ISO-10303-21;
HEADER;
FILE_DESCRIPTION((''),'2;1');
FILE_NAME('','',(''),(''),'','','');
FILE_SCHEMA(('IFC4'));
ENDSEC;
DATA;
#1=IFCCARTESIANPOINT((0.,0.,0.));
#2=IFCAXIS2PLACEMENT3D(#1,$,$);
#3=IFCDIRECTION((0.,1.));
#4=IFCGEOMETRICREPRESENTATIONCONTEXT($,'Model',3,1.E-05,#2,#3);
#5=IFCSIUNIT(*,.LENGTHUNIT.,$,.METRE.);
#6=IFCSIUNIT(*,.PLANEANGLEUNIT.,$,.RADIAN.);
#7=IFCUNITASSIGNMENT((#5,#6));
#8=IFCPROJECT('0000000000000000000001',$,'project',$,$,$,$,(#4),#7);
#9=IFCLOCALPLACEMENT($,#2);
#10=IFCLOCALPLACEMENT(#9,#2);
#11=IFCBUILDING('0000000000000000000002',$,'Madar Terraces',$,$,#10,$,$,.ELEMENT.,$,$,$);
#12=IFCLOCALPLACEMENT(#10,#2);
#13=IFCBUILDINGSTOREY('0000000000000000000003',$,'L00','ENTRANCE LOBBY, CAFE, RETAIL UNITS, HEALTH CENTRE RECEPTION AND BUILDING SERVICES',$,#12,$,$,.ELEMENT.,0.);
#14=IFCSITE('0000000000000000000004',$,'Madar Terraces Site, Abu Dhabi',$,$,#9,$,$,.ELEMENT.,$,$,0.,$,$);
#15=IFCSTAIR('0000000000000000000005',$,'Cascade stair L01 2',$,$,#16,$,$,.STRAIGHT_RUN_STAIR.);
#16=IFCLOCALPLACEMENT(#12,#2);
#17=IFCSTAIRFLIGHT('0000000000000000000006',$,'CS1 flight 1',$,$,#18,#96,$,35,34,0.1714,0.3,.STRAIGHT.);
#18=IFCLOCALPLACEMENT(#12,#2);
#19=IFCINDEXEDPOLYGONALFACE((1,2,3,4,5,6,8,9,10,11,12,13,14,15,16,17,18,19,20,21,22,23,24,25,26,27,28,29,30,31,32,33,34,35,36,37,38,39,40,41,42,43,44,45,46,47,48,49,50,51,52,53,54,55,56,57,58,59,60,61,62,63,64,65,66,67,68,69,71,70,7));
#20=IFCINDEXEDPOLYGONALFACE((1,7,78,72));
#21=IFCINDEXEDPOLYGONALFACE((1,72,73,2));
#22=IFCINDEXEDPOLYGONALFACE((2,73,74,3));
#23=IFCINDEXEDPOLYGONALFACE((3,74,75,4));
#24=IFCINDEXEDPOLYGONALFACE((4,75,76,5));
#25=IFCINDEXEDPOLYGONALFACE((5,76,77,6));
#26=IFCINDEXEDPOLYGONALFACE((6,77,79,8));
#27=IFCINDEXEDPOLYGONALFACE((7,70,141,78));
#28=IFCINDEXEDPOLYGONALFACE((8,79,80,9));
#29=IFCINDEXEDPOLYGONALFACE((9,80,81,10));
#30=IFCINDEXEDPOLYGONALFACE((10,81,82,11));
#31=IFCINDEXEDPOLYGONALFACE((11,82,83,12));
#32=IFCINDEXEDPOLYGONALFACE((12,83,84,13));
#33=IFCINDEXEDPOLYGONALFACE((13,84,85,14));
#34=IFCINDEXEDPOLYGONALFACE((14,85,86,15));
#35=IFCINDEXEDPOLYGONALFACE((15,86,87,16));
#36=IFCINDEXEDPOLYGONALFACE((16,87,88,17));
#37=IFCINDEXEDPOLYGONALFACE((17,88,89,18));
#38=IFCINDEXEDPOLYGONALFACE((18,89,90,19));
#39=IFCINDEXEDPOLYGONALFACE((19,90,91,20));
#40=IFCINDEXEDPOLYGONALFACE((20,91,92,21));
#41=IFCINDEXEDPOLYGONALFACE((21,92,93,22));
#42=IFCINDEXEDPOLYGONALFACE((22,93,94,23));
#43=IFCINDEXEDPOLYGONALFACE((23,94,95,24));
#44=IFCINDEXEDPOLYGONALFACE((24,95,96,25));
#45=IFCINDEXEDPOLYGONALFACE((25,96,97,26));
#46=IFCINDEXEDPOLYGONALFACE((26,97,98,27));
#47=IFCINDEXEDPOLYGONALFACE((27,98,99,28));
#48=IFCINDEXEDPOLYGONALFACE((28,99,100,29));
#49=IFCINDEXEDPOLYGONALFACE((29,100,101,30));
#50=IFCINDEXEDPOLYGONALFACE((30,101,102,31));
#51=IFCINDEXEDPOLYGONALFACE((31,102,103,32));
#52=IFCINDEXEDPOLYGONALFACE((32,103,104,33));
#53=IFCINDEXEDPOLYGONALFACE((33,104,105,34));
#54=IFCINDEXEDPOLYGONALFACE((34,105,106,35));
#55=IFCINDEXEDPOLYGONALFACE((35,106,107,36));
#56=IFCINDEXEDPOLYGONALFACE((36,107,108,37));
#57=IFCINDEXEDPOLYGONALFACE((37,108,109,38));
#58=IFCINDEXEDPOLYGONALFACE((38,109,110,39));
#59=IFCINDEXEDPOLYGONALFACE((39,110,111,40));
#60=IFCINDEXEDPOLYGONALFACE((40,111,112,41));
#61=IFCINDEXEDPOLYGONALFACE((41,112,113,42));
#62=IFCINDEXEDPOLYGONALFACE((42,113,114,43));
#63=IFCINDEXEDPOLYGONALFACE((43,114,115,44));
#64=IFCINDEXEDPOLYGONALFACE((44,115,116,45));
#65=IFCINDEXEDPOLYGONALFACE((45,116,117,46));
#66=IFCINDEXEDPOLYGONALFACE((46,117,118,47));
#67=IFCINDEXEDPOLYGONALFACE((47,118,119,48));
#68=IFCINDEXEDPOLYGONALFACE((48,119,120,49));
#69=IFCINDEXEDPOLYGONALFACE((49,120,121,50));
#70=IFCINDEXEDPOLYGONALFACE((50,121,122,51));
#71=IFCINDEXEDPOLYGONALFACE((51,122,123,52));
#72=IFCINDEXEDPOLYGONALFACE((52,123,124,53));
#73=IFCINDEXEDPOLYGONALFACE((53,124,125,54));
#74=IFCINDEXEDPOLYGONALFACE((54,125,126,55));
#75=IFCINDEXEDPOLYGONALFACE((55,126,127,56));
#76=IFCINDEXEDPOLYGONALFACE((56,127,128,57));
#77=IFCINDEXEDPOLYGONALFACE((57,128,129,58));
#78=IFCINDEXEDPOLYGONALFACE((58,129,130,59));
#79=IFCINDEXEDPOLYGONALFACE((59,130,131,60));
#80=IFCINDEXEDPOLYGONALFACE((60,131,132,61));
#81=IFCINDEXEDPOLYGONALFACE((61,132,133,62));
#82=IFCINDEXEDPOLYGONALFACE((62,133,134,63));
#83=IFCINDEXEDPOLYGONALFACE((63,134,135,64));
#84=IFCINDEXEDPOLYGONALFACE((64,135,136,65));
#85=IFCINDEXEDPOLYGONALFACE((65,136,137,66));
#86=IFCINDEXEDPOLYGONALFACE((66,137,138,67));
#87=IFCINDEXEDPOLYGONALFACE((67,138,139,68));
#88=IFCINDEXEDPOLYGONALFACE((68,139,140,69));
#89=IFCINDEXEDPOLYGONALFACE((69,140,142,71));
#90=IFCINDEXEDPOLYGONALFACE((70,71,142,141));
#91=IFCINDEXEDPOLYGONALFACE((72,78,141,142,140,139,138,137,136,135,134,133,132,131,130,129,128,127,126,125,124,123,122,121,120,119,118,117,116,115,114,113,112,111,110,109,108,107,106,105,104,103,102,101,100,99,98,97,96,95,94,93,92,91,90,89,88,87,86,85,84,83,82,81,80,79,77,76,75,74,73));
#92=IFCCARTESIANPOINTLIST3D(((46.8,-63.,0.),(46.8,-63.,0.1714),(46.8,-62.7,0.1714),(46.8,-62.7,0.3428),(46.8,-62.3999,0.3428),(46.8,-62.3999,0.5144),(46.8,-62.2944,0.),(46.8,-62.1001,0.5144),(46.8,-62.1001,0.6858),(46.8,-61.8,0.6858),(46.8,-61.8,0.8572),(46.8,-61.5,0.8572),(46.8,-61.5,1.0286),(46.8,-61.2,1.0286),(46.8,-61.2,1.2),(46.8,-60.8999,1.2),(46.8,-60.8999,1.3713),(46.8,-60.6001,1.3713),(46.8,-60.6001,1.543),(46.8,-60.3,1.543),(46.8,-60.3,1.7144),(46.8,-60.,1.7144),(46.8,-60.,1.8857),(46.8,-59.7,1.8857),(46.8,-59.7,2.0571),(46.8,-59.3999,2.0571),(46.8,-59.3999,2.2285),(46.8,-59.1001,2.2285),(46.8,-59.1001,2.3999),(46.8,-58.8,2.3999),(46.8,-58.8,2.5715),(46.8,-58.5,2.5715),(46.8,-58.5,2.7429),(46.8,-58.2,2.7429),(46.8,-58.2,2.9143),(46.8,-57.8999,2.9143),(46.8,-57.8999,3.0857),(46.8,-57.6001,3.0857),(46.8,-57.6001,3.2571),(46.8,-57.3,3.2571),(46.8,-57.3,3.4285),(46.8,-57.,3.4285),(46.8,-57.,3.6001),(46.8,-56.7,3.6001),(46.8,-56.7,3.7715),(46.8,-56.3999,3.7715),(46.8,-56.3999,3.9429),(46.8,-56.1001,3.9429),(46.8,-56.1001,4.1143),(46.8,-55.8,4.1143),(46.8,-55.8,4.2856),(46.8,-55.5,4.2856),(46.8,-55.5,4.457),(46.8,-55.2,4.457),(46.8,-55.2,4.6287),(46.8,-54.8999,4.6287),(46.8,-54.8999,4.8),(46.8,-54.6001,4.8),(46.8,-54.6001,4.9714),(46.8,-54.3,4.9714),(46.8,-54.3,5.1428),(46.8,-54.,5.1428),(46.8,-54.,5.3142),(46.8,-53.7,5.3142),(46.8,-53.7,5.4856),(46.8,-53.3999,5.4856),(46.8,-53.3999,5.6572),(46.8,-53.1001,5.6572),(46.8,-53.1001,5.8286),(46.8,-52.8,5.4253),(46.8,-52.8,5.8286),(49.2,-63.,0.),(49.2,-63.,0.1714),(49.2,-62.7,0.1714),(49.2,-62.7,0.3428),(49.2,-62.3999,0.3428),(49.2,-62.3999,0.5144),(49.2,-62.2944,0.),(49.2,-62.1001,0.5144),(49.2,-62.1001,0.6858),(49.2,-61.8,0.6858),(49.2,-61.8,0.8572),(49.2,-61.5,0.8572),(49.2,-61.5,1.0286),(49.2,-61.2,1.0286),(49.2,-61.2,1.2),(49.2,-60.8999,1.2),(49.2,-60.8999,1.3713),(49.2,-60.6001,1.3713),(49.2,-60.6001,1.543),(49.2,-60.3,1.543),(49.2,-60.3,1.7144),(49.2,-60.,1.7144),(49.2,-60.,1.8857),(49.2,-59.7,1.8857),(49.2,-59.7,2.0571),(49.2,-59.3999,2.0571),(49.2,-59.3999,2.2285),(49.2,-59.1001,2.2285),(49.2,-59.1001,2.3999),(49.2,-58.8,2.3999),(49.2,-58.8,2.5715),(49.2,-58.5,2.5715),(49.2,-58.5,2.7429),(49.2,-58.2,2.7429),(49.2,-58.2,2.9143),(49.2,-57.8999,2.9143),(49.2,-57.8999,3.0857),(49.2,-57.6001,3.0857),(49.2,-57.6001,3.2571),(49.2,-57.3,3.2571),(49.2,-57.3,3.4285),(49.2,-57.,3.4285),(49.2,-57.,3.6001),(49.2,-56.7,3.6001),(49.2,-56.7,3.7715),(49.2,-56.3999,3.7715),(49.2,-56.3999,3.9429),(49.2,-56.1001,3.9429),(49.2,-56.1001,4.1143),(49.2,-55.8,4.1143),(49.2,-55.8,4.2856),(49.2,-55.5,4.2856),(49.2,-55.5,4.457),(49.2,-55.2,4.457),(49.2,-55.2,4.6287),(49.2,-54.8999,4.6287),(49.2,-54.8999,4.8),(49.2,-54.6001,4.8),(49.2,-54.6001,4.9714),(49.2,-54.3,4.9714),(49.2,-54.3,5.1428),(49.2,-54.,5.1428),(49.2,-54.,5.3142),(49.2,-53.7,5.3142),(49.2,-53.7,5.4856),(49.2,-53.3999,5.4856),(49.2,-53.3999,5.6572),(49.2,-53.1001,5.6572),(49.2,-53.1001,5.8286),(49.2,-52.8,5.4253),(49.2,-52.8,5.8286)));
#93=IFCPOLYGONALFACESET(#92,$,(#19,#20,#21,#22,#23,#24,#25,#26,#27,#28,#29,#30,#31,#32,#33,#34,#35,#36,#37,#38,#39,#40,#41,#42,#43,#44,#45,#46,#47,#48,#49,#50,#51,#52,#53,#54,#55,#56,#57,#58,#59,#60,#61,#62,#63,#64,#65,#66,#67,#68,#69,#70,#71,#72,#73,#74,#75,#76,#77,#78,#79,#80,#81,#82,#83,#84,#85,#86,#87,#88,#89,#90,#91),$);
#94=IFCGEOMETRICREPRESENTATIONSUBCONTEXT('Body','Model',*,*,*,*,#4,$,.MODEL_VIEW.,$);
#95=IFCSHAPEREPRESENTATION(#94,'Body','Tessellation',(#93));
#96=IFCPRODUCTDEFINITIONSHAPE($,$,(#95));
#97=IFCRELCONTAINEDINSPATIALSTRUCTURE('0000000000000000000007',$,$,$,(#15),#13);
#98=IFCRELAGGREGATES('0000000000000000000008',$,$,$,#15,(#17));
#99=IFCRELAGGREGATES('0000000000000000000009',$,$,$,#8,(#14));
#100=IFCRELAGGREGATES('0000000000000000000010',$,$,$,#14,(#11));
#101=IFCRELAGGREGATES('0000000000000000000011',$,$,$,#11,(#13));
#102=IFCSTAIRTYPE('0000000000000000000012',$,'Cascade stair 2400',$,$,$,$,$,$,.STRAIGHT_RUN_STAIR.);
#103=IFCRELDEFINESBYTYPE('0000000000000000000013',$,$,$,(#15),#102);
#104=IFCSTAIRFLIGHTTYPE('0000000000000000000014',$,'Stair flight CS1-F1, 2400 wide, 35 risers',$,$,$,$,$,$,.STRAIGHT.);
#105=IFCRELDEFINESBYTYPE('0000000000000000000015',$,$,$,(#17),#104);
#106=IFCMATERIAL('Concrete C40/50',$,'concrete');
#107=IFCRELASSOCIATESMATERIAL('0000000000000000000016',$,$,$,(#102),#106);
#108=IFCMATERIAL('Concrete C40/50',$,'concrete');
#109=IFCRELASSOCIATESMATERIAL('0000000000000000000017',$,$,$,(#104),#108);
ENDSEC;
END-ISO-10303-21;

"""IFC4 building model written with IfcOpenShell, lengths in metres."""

from ifc_helpers import new_model, si_unit, direction, frame, origin, place, context, subcontext, project, spatial, polyline, outline, extrude, material, type_object, element, aggregate, save


model = new_model("IFC4")

# Units and contexts
model_context = context("Model", 3, precision=1e-05, world=origin(), true_north=direction((0.0, 1.0)))
body_context = subcontext(model_context, "Body", "Model", "MODEL_VIEW")
ifc_project = project(units=[si_unit("LENGTHUNIT", "METRE"), si_unit("PLANEANGLEUNIT", "RADIAN")], contexts=[model_context])

# Site, building, storey
site_placement = place(None, origin())
site = spatial("IfcSite", under=ifc_project, at=site_placement, Name="Madar Terraces Site, Abu Dhabi", CompositionType="ELEMENT", RefElevation=0.0)
building_placement = place(site_placement, origin())
building = spatial("IfcBuilding", under=site, at=building_placement, Name="Madar Terraces", CompositionType="ELEMENT")
storey_placement = place(building_placement, origin())
storey = spatial("IfcBuildingStorey", under=building, at=storey_placement, Name="L00", Description="ENTRANCE LOBBY, CAFE, RETAIL UNITS, HEALTH CENTRE RECEPTION AND BUILDING SERVICES", CompositionType="ELEMENT", Elevation=0.0)

# Stair, stair flight
ifc_material_1 = material(Name="Concrete C40/50", Category="concrete")
stair_type = type_object("IfcStairType", Name="Cascade stair 2400", PredefinedType="STRAIGHT_RUN_STAIR", material=ifc_material_1)
stair_placement = place(storey_placement, origin())
stair = element("IfcStair", 1, at=stair_placement, inside=storey, type_object=stair_type, Name="Cascade stair L01 2", PredefinedType="STRAIGHT_RUN_STAIR")
ifc_material_2 = material(Name="Concrete C40/50", Category="concrete")
stair_flight_type = type_object("IfcStairFlightType", Name="Stair flight CS1-F1, 2400 wide, 35 risers", PredefinedType="STRAIGHT", material=ifc_material_2)
stair_flight_placement = place(storey_placement, frame((48.0, -63.0, 0.0), z_axis=(0.0, 0.0, 1.0), x_axis=(0.0, 1.0, 0.0)))
stair_flight = element("IfcStairFlight", 2, at=stair_flight_placement, type_object=stair_flight_type, Name="CS1 flight 1", NumberOfRisers=35, NumberOfTreads=34, PredefinedType="STRAIGHT", RiserHeight=0.1714, TreadLength=0.3, context=body_context, shape_type="SweptSolid", body=[
    extrude(outline(polyline([(0.0, 0.0), (0.0, 0.1714), (0.3, 0.1714), (0.3, 0.3428), (0.6001, 0.3428), (0.6001, 0.5144), (0.8999, 0.5144), (0.8999, 0.6858), (1.2, 0.6858), (1.2, 0.8572), (1.5, 0.8572), (1.5, 1.0286), (1.8, 1.0286), (1.8, 1.2), (2.1001, 1.2), (2.1001, 1.3713), (2.3999, 1.3713), (2.3999, 1.543), (2.7, 1.543), (2.7, 1.7144), (3.0, 1.7144), (3.0, 1.8857), (3.3, 1.8857), (3.3, 2.0571), (3.6001, 2.0571), (3.6001, 2.2285), (3.8999, 2.2285), (3.8999, 2.3999), (4.2, 2.3999), (4.2, 2.5715), (4.5, 2.5715), (4.5, 2.7429), (4.8, 2.7429), (4.8, 2.9143), (5.1001, 2.9143), (5.1001, 3.0857), (5.3999, 3.0857), (5.3999, 3.2571), (5.7, 3.2571), (5.7, 3.4285), (6.0, 3.4285), (6.0, 3.6001), (6.3, 3.6001), (6.3, 3.7715), (6.6001, 3.7715), (6.6001, 3.9429), (6.8999, 3.9429), (6.8999, 4.1143), (7.2, 4.1143), (7.2, 4.2856), (7.5, 4.2856), (7.5, 4.457), (7.8, 4.457), (7.8, 4.6287), (8.1001, 4.6287), (8.1001, 4.8), (8.3999, 4.8), (8.3999, 4.9714), (8.7, 4.9714), (8.7, 5.1428), (9.0, 5.1428), (9.0, 5.3142), (9.3, 5.3142), (9.3, 5.4856), (9.6001, 5.4856), (9.6001, 5.6572), (9.8999, 5.6572), (9.8999, 5.8286), (10.2, 5.8286), (10.2, 6.0), (10.2, 5.4253), (0.7056, 0.0), (0.0, 0.0)])), frame((0.0, 1.2, 0.0), z_axis=(0.0, -1.0, 0.0), x_axis=(1.0, 0.0, 0.0)), (0.0, 0.0, 1.0), 2.3999),
])
aggregate(stair, [stair_flight])

save(model, "model.ifc")
